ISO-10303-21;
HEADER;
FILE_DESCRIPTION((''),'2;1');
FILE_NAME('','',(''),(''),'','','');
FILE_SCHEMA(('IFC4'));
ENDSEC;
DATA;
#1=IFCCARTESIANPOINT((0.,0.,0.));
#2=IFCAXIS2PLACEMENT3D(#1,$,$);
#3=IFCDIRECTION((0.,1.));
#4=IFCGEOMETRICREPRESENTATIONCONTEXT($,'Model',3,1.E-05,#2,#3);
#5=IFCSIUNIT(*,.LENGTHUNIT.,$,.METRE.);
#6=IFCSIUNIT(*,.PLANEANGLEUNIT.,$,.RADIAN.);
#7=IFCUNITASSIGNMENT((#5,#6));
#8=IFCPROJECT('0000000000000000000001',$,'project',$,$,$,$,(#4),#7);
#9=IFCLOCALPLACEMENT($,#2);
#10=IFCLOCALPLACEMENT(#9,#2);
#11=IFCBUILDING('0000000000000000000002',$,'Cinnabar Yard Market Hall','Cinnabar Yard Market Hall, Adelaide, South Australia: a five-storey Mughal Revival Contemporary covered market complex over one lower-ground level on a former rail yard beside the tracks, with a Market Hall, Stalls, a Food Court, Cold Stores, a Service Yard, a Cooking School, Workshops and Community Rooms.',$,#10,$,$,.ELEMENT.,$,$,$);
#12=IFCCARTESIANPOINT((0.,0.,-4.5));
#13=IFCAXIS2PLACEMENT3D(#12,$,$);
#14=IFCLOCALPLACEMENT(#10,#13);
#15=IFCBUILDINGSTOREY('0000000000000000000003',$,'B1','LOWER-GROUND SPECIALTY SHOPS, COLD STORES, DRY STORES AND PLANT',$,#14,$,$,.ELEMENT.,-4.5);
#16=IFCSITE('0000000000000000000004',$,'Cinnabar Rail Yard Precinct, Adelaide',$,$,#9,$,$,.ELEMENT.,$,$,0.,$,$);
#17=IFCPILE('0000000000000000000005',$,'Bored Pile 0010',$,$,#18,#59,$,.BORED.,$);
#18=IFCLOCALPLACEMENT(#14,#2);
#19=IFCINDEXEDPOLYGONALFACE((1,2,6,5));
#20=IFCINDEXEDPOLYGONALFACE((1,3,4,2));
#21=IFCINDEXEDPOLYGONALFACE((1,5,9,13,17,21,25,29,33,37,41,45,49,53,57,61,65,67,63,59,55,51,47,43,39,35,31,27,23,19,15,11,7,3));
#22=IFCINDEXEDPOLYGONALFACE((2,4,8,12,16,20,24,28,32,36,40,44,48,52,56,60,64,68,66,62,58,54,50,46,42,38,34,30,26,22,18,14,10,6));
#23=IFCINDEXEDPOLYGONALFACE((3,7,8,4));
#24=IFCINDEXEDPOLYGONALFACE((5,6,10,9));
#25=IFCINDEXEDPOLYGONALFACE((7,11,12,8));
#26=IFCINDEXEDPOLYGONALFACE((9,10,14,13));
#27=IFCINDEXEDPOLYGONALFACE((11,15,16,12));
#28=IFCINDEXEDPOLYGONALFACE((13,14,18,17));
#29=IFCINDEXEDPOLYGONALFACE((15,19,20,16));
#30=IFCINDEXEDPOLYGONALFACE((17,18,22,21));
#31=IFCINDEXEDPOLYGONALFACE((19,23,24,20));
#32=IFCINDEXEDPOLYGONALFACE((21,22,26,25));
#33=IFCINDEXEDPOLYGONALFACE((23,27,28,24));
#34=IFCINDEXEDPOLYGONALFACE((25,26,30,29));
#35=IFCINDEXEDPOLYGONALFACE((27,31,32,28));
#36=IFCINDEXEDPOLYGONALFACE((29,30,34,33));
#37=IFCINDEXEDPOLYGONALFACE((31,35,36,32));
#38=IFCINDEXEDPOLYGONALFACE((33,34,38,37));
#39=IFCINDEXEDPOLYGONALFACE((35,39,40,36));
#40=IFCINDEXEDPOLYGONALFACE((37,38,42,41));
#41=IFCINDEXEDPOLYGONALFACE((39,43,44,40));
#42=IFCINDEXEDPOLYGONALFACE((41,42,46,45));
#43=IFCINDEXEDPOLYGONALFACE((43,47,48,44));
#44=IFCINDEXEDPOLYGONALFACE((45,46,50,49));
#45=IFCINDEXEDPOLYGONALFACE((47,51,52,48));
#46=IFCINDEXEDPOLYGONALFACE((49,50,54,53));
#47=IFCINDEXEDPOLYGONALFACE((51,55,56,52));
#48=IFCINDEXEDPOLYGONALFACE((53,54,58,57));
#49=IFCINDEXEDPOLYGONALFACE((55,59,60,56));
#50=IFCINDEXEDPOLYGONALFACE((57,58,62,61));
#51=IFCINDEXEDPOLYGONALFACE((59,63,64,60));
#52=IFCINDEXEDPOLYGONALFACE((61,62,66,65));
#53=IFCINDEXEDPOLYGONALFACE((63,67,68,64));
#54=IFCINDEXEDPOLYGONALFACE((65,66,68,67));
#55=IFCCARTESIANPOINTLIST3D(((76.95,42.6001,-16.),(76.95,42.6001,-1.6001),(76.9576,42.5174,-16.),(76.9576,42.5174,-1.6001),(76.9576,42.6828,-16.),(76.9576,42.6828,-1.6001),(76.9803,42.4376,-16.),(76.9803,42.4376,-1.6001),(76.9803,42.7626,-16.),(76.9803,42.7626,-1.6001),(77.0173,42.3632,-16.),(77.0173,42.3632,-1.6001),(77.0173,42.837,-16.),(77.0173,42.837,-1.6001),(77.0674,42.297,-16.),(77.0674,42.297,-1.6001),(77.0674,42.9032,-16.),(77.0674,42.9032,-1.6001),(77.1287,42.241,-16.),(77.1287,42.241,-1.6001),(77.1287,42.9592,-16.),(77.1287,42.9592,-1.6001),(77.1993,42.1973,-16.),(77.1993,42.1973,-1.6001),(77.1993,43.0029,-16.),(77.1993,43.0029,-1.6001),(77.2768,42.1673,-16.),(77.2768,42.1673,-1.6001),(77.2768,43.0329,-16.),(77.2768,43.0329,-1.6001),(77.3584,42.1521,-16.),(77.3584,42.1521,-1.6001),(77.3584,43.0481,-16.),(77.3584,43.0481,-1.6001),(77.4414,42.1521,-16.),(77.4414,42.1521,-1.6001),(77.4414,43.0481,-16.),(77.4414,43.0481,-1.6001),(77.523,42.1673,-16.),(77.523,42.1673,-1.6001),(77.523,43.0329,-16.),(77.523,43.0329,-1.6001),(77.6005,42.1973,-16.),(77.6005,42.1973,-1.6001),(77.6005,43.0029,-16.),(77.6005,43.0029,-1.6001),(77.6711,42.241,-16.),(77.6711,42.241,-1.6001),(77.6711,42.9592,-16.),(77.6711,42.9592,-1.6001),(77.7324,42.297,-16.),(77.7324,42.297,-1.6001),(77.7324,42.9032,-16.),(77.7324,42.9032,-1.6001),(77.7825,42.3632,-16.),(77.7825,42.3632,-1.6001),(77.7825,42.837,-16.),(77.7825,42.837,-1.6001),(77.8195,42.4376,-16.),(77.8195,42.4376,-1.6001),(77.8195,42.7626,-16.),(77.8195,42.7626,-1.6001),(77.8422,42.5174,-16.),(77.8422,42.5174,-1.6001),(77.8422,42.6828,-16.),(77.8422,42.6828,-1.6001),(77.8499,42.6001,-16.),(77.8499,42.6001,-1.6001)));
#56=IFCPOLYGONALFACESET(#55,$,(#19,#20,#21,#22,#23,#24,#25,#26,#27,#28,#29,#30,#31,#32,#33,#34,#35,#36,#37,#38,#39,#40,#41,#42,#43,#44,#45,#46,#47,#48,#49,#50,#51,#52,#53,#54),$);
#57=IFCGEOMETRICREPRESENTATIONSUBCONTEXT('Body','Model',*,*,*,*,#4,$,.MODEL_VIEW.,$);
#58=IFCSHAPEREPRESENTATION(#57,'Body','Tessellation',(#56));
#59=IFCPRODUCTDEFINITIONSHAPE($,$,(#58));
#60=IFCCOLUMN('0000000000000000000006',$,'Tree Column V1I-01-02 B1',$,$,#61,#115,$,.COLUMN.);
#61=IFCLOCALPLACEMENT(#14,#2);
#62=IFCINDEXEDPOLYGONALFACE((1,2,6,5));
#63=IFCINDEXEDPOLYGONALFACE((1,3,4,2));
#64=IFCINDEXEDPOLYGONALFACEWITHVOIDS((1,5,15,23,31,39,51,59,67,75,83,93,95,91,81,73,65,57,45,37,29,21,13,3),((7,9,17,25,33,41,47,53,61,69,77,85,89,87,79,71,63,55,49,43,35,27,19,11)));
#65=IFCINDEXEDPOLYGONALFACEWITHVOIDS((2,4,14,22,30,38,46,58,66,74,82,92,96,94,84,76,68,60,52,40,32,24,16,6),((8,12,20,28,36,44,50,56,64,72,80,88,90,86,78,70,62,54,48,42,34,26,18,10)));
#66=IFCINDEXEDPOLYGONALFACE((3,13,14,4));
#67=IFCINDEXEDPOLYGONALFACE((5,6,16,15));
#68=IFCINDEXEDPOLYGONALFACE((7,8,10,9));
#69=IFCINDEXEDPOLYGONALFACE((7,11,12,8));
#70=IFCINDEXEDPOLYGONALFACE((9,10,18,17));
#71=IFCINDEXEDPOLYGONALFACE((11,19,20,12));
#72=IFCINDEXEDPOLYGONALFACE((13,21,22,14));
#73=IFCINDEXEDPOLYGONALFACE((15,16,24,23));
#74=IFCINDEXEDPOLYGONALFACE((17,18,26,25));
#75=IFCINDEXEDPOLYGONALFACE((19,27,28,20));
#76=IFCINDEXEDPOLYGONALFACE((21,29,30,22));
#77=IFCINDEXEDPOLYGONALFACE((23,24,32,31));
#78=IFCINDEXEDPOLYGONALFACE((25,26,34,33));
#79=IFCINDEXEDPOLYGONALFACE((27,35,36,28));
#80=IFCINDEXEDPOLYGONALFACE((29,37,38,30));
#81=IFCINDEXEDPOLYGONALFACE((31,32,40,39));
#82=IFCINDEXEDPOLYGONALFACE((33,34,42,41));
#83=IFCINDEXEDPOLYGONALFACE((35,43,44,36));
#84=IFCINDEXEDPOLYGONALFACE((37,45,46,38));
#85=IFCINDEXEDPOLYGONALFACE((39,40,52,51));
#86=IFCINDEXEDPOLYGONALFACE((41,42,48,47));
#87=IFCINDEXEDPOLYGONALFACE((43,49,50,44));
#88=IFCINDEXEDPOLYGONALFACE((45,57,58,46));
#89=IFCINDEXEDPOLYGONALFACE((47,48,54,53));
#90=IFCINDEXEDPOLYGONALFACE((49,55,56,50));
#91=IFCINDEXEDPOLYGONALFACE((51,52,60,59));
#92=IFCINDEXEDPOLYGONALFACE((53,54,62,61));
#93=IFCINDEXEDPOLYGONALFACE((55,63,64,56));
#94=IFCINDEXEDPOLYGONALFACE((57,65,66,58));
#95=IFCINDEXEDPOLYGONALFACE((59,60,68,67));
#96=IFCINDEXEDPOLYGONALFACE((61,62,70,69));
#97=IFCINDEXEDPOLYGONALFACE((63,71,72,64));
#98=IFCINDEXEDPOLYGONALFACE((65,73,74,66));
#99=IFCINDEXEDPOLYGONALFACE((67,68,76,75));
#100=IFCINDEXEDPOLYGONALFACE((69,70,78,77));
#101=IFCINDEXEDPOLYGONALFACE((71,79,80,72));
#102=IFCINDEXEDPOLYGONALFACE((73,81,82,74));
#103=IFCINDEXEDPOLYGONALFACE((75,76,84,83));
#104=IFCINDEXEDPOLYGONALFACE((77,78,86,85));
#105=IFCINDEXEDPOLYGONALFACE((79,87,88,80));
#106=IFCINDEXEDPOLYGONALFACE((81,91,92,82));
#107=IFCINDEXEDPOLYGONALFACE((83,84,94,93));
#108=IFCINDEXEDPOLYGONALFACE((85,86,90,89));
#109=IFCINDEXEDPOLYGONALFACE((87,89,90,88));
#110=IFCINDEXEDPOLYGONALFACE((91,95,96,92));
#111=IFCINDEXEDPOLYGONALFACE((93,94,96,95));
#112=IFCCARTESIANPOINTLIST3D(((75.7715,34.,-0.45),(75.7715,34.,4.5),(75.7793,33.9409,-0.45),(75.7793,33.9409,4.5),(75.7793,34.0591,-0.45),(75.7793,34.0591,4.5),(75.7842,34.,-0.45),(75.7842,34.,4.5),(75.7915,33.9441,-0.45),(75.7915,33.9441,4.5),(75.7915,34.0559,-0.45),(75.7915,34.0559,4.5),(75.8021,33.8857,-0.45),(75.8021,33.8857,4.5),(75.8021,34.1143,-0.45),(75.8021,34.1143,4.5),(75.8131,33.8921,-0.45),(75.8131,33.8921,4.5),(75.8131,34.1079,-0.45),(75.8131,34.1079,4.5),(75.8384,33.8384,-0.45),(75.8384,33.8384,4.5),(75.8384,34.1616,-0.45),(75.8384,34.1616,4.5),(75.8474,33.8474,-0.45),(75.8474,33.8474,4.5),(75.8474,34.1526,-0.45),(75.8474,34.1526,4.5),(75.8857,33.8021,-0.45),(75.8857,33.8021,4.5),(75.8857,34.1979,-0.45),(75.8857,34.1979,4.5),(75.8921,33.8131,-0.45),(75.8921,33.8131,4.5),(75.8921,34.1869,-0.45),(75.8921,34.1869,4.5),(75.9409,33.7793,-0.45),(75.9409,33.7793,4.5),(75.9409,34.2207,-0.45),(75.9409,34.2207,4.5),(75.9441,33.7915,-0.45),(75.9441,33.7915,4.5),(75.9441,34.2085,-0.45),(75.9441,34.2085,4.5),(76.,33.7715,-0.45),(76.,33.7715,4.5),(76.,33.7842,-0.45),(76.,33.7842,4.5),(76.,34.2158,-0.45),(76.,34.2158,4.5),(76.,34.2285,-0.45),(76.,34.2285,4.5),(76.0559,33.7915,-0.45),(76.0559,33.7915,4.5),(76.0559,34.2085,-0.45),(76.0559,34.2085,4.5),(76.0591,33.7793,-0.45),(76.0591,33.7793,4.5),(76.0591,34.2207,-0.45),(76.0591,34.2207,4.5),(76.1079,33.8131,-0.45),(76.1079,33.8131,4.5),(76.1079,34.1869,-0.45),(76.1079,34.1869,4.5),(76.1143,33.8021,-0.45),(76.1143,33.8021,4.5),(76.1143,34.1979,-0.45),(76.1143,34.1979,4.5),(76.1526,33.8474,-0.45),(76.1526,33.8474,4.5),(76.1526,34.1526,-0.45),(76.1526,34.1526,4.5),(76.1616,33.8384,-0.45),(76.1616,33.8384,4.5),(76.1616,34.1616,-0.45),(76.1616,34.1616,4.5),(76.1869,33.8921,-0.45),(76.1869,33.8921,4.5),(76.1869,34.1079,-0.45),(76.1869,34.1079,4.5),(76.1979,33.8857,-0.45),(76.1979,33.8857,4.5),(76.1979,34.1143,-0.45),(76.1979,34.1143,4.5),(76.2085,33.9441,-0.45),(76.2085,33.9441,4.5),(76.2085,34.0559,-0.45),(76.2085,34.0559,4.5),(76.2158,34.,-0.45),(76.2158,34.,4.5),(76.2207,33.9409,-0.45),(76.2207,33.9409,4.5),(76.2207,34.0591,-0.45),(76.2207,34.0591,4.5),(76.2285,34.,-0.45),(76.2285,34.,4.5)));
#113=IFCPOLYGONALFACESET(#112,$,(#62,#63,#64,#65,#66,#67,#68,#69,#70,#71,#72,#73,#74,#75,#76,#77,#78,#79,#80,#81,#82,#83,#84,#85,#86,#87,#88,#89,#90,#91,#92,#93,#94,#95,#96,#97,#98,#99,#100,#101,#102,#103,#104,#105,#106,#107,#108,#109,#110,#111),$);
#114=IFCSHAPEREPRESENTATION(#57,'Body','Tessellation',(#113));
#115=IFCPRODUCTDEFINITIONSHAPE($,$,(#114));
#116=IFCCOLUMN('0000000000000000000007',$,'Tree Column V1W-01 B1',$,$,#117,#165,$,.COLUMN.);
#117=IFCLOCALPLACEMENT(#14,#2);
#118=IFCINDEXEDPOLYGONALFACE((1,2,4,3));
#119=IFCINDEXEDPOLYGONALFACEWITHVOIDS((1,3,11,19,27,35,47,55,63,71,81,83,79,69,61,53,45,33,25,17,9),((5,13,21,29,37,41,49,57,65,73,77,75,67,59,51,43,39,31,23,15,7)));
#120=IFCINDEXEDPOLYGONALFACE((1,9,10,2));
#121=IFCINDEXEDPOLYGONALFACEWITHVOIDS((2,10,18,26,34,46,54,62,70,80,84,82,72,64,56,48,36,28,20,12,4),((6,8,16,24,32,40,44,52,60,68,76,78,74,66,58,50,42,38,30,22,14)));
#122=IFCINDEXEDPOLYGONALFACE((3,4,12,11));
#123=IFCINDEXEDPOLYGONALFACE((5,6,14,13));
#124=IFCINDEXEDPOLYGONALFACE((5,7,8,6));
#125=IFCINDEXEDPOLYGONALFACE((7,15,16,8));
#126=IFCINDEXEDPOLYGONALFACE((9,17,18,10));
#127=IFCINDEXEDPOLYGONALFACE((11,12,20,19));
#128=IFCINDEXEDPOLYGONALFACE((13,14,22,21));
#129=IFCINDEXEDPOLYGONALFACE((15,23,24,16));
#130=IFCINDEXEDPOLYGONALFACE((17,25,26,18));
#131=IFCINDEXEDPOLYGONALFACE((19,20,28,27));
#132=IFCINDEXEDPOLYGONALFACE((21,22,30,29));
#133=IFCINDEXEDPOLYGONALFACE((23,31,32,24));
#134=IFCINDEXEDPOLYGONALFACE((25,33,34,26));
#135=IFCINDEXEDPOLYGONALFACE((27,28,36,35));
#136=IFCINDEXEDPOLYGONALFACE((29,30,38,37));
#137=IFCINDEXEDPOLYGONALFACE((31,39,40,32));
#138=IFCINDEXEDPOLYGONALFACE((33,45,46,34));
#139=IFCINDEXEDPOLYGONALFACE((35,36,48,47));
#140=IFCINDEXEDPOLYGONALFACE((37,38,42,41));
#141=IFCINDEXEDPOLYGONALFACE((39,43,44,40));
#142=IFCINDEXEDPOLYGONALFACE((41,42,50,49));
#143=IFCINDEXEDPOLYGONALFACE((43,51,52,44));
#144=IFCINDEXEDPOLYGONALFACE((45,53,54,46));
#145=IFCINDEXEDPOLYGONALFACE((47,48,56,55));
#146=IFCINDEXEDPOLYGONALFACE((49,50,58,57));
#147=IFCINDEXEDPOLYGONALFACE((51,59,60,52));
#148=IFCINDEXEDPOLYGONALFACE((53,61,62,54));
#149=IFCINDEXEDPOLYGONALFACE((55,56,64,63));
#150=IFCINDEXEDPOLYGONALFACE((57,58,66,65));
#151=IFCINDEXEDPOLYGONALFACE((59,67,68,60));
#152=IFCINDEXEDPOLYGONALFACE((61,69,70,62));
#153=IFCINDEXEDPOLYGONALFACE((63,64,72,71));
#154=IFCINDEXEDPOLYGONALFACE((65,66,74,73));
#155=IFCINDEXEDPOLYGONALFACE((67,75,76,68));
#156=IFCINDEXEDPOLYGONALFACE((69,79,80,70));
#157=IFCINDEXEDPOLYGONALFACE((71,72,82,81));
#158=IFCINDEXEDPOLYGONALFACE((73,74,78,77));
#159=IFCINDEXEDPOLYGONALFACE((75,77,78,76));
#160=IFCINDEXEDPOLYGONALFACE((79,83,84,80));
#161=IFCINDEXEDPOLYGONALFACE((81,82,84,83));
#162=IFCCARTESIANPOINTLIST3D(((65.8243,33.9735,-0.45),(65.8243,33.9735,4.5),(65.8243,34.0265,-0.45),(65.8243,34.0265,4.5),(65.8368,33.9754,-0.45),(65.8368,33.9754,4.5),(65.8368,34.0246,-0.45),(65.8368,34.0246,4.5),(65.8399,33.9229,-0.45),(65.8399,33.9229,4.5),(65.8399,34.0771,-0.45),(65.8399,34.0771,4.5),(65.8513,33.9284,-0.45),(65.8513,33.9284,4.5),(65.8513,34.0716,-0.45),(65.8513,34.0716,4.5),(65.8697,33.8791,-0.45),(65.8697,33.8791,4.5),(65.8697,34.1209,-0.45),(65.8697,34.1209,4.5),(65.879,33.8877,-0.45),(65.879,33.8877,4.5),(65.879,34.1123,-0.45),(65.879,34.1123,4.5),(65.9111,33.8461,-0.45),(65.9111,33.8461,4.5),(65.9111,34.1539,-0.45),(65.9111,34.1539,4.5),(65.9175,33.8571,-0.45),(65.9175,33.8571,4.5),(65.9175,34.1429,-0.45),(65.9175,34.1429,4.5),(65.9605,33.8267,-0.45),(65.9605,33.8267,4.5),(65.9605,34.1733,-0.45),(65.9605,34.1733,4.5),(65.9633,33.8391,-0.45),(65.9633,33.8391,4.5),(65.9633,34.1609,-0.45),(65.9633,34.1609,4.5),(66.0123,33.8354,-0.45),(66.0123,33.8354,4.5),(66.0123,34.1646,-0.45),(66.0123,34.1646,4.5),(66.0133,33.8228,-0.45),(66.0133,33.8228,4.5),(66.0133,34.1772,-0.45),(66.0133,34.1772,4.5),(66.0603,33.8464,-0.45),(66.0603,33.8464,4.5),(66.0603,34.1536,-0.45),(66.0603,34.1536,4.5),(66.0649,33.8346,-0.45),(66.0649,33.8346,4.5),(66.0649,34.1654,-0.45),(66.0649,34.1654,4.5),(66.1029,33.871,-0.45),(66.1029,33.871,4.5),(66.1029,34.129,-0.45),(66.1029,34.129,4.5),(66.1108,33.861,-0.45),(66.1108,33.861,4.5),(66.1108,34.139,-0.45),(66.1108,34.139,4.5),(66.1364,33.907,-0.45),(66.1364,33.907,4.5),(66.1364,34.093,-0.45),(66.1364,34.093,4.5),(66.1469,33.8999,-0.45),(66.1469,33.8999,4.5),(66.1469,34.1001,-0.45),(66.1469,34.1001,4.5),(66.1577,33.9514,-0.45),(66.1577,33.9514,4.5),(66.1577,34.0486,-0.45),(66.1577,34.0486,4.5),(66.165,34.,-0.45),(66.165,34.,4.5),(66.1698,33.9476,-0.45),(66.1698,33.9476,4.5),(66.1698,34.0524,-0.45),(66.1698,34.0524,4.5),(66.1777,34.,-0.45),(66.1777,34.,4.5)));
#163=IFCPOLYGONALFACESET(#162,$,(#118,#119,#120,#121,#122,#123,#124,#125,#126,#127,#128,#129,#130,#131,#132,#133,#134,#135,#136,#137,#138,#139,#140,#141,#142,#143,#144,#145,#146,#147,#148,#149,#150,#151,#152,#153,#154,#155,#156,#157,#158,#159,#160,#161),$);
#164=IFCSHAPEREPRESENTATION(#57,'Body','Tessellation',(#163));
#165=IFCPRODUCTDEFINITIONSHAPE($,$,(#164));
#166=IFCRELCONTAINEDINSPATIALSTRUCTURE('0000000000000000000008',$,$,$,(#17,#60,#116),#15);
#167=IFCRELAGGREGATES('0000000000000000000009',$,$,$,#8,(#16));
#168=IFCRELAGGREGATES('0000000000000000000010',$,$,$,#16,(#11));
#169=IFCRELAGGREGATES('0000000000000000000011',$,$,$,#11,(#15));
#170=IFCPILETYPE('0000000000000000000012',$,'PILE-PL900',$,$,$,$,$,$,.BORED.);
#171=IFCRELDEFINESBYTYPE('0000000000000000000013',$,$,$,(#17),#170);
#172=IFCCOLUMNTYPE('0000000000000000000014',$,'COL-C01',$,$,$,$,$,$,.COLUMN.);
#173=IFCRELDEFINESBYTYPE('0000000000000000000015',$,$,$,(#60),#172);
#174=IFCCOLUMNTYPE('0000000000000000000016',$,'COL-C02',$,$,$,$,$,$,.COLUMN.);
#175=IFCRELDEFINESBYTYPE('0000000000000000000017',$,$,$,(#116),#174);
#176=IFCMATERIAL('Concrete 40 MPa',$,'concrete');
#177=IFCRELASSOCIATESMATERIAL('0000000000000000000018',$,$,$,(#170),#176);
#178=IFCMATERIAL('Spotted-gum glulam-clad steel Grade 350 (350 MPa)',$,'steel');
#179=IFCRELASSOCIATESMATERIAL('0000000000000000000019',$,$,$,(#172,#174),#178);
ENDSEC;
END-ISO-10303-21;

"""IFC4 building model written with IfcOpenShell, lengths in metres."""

from ifc_helpers import new_model, si_unit, direction, frame, origin, origin_2d_with_axis, place, context, subcontext, project, spatial, circle, hollow_circle, extrude, material, material_profile, profile_set, type_object, element, save


model = new_model("IFC4")

# Units and contexts
model_context = context("Model", 3, precision=1e-05, world=origin(), true_north=direction((0.0, 1.0)))
body_context = subcontext(model_context, "Body", "Model", "MODEL_VIEW")
ifc_project = project(units=[si_unit("LENGTHUNIT", "METRE"), si_unit("PLANEANGLEUNIT", "RADIAN")], contexts=[model_context])

# Site, building, storey
site_placement = place(None, origin())
site = spatial("IfcSite", under=ifc_project, at=site_placement, Name="Cinnabar Rail Yard Precinct, Adelaide", CompositionType="ELEMENT", RefElevation=0.0)
building_placement = place(site_placement, origin())
building = spatial("IfcBuilding", under=site, at=building_placement, Name="Cinnabar Yard Market Hall", Description="Cinnabar Yard Market Hall, Adelaide, South Australia: a five-storey Mughal Revival Contemporary covered market complex over one lower-ground level on a former rail yard beside the tracks, with a Market Hall, Stalls, a Food Court, Cold Stores, a Service Yard, a Cooking School, Workshops and Community Rooms.", CompositionType="ELEMENT")
storey_placement = place(building_placement, frame((0.0, 0.0, -4.5)))
storey = spatial("IfcBuildingStorey", under=building, at=storey_placement, Name="B1", Description="LOWER-GROUND SPECIALTY SHOPS, COLD STORES, DRY STORES AND PLANT", CompositionType="ELEMENT", Elevation=-4.5)

# Shared definitions
ifc_material_1 = material(Name="Concrete 40 MPa", Category="concrete")

# Pile
ifc_material_profile_1 = material_profile(ifc_material_1, circle(Radius=0.45, at=origin_2d_with_axis()), Name="PILE-D900")
ifc_profile_set_1 = profile_set([ifc_material_profile_1], Name="Concrete 40 MPa")
pile_type_1 = type_object("IfcPileType", Name="PILE-PL900", PredefinedType="BORED", material=ifc_profile_set_1)
for number, where, z_axis, x_axis, name in (
    (1, (77.3999, 42.6001, -1.6001), (0.0, 0.0, -1.0), (1.0, 0.0, 0.0), "Bored Pile 0010"),
):
    element("IfcPile", number, at=place(storey_placement, frame(where, z_axis=z_axis, x_axis=x_axis)), inside=storey, type_object=pile_type_1, Name=name, PredefinedType="BORED", context=body_context, shape_type="SweptSolid", body=[
        extrude(circle(Radius=0.45, at=origin_2d_with_axis()), origin(), (0.0, 0.0, 1.0), 14.3999),
    ])

# Columns
ifc_material_2 = material(Name="Spotted-gum glulam-clad steel Grade 350 (350 MPa)", Category="steel")
ifc_material_profile_2 = material_profile(ifc_material_2, hollow_circle(Radius=0.2285, WallThickness=0.0127, at=origin_2d_with_axis()), Name="457.0x12.7CHS")
ifc_profile_set_2 = profile_set([ifc_material_profile_2], Name="Spotted-gum glulam-clad steel Grade 350 (350 MPa)")
column_type_1 = type_object("IfcColumnType", Name="COL-C01", PredefinedType="COLUMN", material=ifc_profile_set_2)
column_1_placement = place(storey_placement, frame((76.0, 34.0, -0.45), z_axis=(0.0, 0.0, 1.0), x_axis=(1.0, 0.0, 0.0)))
element("IfcColumn", 2, at=column_1_placement, inside=storey, type_object=column_type_1, Name="Tree Column V1I-01-02 B1", PredefinedType="COLUMN", context=body_context, shape_type="SweptSolid", body=[
    extrude(hollow_circle(Radius=0.2285, WallThickness=0.0127, at=origin_2d_with_axis()), origin(), (0.0, 0.0, 1.0), 4.95),
])
ifc_material_profile_3 = material_profile(ifc_material_2, hollow_circle(Radius=0.1777, WallThickness=0.0127, at=origin_2d_with_axis()), Name="355.6x12.7CHS")
ifc_profile_set_3 = profile_set([ifc_material_profile_3], Name="Spotted-gum glulam-clad steel Grade 350 (350 MPa)")
column_type_2 = type_object("IfcColumnType", Name="COL-C02", PredefinedType="COLUMN", material=ifc_profile_set_3)
for number, where, z_axis, x_axis, name in (
    (3, (66.0, 34.0, -0.45), (0.0, 0.0, 1.0), (1.0, 0.0, 0.0), "Tree Column V1W-01 B1"),
):
    element("IfcColumn", number, at=place(storey_placement, frame(where, z_axis=z_axis, x_axis=x_axis)), inside=storey, type_object=column_type_2, Name=name, PredefinedType="COLUMN", context=body_context, shape_type="SweptSolid", body=[
        extrude(hollow_circle(Radius=0.1777, WallThickness=0.0127, at=origin_2d_with_axis()), origin(), (0.0, 0.0, 1.0), 4.95),
    ])

save(model, "model.ifc")
